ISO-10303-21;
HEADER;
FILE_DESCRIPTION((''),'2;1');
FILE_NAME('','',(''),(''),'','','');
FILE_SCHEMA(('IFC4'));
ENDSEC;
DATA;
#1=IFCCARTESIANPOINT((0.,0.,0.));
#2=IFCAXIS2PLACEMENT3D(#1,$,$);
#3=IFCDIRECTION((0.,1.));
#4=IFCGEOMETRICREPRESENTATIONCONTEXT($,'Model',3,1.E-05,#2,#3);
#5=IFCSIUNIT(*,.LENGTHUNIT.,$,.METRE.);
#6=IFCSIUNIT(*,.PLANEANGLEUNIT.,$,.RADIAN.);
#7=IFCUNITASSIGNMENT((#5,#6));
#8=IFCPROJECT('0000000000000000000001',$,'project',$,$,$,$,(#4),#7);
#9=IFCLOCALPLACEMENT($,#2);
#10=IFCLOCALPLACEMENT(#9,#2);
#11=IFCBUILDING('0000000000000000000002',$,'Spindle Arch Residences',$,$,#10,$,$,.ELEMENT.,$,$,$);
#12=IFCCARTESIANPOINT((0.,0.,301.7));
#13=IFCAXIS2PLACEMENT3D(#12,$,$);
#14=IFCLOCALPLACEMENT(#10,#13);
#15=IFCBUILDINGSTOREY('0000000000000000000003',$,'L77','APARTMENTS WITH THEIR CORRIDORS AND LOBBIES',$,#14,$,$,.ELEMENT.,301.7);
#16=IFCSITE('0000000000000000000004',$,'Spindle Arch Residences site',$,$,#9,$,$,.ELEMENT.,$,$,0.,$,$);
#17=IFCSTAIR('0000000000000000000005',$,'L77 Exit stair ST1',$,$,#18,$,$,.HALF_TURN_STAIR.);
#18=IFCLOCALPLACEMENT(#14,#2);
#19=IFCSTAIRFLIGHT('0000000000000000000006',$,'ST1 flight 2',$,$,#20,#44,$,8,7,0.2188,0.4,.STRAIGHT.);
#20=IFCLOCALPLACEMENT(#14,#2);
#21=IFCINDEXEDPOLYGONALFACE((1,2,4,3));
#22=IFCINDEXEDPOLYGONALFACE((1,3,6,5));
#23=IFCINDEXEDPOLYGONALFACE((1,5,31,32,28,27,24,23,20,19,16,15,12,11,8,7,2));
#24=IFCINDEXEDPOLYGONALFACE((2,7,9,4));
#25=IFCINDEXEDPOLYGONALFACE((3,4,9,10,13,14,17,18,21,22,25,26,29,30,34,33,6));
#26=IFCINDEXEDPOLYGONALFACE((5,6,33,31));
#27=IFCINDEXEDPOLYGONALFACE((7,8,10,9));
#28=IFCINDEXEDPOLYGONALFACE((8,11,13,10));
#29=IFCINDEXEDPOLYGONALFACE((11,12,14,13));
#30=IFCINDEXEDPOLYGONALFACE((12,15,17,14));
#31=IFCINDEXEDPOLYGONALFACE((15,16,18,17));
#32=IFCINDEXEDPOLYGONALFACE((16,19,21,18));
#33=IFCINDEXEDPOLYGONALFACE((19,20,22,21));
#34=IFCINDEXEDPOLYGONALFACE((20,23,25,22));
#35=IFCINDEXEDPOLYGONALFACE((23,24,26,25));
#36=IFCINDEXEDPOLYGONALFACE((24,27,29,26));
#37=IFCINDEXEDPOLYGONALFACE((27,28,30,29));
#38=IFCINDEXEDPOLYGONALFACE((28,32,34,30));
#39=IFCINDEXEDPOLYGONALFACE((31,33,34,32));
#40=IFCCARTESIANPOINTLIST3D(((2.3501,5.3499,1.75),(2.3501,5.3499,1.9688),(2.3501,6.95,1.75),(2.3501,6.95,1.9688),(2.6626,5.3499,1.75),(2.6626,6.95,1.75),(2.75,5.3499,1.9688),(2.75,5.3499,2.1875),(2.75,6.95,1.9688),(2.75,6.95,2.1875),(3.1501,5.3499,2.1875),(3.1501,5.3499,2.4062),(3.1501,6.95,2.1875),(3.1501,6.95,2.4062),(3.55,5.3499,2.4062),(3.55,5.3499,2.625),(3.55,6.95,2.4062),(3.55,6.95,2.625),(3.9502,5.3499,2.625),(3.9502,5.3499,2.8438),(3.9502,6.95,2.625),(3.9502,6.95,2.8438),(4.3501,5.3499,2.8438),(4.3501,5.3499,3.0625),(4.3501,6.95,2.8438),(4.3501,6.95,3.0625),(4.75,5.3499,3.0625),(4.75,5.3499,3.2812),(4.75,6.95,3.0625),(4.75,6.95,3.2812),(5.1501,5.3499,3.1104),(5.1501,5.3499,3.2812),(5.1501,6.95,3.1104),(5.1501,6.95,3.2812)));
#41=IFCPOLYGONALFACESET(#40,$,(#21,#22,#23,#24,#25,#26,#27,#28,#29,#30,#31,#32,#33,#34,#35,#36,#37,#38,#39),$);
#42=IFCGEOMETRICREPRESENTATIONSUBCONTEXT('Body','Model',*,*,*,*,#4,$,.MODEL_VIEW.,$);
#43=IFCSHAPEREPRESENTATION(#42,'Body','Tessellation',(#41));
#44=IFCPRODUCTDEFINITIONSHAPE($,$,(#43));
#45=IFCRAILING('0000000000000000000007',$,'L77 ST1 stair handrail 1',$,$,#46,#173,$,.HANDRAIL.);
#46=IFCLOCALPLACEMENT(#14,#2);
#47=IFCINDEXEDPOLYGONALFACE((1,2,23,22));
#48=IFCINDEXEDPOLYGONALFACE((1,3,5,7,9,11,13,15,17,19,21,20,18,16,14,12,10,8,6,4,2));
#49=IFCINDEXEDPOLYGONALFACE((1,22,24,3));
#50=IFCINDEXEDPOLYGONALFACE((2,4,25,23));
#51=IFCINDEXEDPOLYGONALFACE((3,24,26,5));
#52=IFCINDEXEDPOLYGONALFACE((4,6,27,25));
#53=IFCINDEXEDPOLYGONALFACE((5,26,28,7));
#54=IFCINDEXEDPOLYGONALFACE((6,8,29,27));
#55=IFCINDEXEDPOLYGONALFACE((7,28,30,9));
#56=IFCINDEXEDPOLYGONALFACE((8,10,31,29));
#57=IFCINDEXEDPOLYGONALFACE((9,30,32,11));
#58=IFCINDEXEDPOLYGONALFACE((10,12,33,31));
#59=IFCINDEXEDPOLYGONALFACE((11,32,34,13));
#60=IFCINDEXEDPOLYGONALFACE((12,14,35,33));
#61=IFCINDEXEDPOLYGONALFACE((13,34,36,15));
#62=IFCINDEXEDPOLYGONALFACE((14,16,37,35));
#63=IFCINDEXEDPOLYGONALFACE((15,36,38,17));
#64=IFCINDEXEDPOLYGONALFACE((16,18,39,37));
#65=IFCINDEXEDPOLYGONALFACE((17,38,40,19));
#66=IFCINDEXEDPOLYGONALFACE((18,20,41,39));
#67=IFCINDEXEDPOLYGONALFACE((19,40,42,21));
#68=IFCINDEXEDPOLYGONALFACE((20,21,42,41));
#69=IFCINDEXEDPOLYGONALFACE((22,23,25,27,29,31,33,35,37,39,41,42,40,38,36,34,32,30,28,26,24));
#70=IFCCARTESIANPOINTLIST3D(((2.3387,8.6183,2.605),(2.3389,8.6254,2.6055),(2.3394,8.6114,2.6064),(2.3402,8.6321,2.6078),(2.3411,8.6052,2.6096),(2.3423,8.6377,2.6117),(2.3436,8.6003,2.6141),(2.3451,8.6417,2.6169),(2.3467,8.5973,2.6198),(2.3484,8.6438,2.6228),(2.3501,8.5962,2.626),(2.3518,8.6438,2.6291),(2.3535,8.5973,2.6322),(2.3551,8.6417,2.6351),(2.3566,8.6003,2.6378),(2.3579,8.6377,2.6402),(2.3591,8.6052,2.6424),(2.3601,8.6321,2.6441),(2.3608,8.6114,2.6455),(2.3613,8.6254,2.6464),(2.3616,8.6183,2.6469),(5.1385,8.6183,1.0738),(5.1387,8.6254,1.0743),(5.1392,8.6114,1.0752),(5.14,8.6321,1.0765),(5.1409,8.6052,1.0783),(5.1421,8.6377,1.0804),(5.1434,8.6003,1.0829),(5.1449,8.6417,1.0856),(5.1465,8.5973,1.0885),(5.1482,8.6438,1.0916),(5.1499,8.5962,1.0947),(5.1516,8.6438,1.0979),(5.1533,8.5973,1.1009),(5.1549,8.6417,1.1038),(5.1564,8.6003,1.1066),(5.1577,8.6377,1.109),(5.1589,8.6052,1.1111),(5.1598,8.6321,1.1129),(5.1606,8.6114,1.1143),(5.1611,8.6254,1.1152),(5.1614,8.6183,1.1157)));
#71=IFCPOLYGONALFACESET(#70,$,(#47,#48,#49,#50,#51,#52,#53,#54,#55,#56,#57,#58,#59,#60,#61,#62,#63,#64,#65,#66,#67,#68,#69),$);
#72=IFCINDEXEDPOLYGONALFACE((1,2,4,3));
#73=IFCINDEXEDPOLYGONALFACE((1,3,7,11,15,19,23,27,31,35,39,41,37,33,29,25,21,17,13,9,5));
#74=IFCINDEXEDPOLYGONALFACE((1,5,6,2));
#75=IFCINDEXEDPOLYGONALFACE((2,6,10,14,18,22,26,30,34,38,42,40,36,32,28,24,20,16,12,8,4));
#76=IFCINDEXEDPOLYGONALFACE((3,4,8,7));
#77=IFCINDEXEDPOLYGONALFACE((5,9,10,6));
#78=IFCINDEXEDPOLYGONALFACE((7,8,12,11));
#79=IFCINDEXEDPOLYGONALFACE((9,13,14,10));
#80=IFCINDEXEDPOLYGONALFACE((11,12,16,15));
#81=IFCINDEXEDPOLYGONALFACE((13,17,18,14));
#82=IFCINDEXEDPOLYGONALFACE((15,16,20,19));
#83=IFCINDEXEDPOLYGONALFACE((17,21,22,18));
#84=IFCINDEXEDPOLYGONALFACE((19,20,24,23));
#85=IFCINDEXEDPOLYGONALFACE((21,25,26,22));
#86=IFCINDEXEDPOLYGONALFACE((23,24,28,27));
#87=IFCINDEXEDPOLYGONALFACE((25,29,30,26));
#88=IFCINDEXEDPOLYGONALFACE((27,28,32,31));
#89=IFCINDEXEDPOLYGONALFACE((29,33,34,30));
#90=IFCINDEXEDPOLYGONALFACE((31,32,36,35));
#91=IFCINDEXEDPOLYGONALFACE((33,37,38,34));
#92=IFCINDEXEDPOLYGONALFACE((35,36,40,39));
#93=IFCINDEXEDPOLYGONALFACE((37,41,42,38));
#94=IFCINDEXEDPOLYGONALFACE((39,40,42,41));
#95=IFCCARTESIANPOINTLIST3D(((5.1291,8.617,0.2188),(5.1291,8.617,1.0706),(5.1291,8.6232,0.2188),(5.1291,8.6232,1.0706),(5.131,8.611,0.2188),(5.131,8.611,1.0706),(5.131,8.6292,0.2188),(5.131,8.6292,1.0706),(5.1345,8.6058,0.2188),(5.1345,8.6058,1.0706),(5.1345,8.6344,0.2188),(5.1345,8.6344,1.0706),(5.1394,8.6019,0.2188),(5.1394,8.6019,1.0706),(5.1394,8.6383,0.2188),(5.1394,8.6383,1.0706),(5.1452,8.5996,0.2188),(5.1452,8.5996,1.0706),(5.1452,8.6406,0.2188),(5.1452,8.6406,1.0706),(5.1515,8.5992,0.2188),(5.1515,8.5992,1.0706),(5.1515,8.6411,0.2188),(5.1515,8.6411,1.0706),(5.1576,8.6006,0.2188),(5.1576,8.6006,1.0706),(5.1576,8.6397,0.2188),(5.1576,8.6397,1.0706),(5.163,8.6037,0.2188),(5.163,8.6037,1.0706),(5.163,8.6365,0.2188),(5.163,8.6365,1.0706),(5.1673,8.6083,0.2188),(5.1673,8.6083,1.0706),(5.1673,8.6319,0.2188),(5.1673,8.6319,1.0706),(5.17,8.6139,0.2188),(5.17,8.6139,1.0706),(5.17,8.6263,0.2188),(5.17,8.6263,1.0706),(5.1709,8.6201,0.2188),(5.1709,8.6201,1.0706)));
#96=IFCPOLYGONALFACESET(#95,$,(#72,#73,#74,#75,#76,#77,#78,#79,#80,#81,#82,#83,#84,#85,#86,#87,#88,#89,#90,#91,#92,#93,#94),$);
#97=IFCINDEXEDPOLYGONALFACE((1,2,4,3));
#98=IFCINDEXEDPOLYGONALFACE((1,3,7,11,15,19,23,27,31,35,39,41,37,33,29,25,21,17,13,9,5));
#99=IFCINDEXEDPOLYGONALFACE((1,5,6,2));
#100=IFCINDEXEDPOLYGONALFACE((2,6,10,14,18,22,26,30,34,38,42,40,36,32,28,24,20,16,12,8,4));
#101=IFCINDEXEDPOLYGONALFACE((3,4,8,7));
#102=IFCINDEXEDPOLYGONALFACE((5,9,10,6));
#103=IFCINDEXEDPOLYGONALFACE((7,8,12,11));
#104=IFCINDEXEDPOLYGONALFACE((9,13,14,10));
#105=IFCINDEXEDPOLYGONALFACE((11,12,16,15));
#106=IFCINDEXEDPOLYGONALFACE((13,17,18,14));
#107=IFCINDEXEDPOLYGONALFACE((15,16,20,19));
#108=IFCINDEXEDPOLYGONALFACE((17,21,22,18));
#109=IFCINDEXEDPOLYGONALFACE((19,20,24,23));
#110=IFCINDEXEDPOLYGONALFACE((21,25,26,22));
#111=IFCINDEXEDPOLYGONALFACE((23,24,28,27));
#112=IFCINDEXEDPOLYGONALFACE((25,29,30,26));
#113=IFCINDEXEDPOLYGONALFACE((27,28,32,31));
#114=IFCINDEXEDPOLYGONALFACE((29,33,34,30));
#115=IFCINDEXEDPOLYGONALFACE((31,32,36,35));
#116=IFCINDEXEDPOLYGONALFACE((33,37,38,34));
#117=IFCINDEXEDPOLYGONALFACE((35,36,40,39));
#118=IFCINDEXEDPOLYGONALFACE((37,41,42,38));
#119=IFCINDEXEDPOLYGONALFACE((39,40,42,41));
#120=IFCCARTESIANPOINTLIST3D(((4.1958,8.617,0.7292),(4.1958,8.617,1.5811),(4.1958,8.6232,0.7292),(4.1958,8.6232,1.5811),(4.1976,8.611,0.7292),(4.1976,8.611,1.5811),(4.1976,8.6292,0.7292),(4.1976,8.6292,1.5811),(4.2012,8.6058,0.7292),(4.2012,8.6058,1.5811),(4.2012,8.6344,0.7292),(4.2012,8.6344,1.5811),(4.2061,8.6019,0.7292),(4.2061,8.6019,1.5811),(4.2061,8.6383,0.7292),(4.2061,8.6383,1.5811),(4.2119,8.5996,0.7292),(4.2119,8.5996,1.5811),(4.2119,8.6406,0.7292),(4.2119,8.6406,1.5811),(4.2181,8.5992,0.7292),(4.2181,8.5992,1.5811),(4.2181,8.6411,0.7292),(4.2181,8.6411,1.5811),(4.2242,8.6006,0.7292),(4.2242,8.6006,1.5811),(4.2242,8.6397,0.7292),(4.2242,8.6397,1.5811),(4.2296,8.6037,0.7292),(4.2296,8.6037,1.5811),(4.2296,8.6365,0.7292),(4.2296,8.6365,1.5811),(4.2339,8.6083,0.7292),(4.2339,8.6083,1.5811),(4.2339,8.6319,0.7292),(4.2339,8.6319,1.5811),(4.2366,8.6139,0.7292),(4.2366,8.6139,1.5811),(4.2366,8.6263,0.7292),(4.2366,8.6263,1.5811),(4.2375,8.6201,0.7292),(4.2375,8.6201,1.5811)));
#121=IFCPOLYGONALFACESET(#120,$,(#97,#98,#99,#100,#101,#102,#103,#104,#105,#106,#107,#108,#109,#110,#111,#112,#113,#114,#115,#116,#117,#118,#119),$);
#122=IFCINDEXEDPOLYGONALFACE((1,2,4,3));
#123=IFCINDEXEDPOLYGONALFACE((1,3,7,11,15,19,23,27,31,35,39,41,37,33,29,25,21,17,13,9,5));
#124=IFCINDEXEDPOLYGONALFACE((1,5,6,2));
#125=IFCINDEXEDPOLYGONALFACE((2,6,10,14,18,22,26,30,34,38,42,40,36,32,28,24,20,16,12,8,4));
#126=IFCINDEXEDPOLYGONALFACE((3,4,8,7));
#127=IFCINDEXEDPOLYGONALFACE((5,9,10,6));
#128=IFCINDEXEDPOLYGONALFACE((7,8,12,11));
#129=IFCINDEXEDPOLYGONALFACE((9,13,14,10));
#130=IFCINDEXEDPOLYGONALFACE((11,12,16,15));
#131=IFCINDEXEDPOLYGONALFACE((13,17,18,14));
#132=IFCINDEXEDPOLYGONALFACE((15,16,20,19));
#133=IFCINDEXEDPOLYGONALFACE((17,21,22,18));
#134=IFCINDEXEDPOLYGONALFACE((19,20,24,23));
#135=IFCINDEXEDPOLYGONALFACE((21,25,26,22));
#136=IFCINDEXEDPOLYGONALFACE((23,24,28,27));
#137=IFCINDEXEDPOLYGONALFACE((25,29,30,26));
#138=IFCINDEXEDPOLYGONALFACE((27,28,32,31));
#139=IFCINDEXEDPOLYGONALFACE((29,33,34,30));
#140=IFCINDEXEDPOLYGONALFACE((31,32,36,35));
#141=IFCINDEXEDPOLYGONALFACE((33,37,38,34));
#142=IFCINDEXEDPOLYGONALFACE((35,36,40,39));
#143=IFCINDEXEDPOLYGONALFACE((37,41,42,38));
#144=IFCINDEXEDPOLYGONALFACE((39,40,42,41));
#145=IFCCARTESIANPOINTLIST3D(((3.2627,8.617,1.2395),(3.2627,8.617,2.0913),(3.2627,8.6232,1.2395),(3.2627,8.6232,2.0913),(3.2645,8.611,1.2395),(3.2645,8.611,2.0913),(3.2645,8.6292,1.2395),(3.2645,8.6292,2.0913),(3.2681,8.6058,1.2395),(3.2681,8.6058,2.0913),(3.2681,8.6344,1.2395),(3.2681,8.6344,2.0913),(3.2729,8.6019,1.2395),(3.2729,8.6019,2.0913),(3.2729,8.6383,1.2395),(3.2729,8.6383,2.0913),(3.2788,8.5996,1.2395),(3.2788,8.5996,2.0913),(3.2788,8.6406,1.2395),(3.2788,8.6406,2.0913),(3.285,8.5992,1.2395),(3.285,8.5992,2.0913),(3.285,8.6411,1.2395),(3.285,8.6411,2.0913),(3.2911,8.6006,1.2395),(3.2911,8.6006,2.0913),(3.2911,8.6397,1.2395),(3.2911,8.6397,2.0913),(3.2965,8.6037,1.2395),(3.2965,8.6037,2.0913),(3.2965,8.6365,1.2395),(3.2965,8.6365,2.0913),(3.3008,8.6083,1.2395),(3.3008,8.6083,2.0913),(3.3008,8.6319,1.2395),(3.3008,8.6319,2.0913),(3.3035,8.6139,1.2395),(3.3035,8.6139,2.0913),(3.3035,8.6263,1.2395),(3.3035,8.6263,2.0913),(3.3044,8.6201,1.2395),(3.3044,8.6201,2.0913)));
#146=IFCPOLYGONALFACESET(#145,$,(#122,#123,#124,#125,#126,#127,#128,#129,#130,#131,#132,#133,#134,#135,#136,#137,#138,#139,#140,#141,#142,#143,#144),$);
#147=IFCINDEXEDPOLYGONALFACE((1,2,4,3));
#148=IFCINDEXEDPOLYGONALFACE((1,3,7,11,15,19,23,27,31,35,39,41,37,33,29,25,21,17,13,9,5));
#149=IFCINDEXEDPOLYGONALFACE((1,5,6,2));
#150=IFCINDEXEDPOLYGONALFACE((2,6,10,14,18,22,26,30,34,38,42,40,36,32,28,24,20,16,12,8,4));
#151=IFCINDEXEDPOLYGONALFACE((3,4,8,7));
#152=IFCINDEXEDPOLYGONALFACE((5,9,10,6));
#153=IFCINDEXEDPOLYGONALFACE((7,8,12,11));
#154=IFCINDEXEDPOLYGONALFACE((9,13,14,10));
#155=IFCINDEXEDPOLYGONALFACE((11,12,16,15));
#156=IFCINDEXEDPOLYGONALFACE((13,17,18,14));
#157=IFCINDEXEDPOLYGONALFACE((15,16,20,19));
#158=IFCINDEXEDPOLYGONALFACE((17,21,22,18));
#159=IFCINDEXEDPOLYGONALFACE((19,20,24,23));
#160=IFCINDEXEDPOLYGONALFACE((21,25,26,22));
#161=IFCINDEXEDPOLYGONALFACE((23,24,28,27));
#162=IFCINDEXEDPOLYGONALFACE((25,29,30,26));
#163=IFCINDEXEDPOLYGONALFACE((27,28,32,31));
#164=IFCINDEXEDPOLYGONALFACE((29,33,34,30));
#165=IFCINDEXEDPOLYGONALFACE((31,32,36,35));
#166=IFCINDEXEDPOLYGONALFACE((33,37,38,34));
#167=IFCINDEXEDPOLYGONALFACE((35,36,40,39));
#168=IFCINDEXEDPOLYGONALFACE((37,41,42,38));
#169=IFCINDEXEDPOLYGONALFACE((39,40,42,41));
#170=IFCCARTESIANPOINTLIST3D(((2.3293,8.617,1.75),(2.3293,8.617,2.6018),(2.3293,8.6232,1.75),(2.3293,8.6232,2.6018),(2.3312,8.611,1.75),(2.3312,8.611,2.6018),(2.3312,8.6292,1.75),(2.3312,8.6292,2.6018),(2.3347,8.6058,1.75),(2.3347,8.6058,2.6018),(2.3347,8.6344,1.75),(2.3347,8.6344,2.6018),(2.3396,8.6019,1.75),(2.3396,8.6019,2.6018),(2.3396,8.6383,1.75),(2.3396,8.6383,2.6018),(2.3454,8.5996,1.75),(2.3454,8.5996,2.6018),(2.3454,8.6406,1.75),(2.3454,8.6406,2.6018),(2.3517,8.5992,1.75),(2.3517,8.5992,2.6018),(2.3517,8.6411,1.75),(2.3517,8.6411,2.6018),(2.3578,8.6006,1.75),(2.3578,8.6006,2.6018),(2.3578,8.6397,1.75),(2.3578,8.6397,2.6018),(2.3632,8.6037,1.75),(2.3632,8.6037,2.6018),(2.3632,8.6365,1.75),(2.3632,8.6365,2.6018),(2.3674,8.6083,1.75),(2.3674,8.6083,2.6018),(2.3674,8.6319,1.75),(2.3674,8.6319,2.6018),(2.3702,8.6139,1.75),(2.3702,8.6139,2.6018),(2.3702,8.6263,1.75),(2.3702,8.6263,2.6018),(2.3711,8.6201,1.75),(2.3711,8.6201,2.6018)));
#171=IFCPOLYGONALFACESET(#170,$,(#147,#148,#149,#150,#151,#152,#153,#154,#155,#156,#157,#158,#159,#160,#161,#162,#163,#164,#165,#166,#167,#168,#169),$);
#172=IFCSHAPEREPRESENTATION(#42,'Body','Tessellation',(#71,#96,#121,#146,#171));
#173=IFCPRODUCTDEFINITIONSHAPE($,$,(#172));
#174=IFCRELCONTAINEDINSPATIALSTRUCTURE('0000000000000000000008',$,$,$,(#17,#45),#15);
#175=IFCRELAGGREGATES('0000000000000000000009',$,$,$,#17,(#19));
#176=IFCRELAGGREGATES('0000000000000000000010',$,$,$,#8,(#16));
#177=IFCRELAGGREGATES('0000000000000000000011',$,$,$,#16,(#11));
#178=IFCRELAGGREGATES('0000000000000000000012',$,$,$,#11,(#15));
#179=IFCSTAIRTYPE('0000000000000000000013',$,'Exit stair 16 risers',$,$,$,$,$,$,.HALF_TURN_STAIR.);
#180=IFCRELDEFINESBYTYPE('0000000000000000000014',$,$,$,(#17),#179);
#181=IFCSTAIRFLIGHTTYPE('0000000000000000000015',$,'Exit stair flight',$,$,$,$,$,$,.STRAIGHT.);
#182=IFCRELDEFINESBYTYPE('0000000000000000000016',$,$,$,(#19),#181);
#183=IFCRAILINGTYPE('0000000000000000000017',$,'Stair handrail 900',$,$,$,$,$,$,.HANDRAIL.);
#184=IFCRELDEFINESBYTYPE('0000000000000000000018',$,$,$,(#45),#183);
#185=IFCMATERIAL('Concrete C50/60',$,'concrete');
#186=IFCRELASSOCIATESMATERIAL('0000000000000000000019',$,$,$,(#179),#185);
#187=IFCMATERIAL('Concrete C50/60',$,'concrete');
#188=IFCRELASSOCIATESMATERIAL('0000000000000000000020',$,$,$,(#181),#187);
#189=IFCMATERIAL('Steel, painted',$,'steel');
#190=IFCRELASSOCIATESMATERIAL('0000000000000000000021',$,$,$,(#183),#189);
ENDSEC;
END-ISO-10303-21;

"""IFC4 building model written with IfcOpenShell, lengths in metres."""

from ifc_helpers import new_model, si_unit, direction, frame, origin, origin_2d, place, context, subcontext, project, spatial, polyline, circle, outline, extrude, material, type_object, element, aggregate, save


model = new_model("IFC4")

# Units and contexts
model_context = context("Model", 3, precision=1e-05, world=origin(), true_north=direction((0.0, 1.0)))
body_context = subcontext(model_context, "Body", "Model", "MODEL_VIEW")
ifc_project = project(units=[si_unit("LENGTHUNIT", "METRE"), si_unit("PLANEANGLEUNIT", "RADIAN")], contexts=[model_context])

# Site, building, storey
site_placement = place(None, origin())
site = spatial("IfcSite", under=ifc_project, at=site_placement, Name="Spindle Arch Residences site", CompositionType="ELEMENT", RefElevation=0.0)
building_placement = place(site_placement, origin())
building = spatial("IfcBuilding", under=site, at=building_placement, Name="Spindle Arch Residences", CompositionType="ELEMENT")
storey_placement = place(building_placement, frame((0.0, 0.0, 301.7)))
storey = spatial("IfcBuildingStorey", under=building, at=storey_placement, Name="L77", Description="APARTMENTS WITH THEIR CORRIDORS AND LOBBIES", CompositionType="ELEMENT", Elevation=301.7)

# Stair, stair flight
ifc_material_1 = material(Name="Concrete C50/60", Category="concrete")
stair_type = type_object("IfcStairType", Name="Exit stair 16 risers", PredefinedType="HALF_TURN_STAIR", material=ifc_material_1)
stair_placement = place(storey_placement, origin())
stair = element("IfcStair", 1, at=stair_placement, inside=storey, type_object=stair_type, Name="L77 Exit stair ST1", PredefinedType="HALF_TURN_STAIR")
ifc_material_2 = material(Name="Concrete C50/60", Category="concrete")
stair_flight_type = type_object("IfcStairFlightType", Name="Exit stair flight", PredefinedType="STRAIGHT", material=ifc_material_2)
stair_flight_1_placement = place(storey_placement, frame((2.3501, 6.1499, 1.75), z_axis=(0.0, 0.0, 1.0), x_axis=(1.0, 0.0, 0.0)))
stair_flight_1 = element("IfcStairFlight", 2, at=stair_flight_1_placement, type_object=stair_flight_type, Name="ST1 flight 2", NumberOfRisers=8, NumberOfTreads=7, PredefinedType="STRAIGHT", RiserHeight=0.2188, TreadLength=0.4, context=body_context, shape_type="SweptSolid", body=[
    extrude(outline(polyline([(0.0, 0.0), (0.0, 0.2188), (0.3999, 0.2188), (0.3999, 0.4375), (0.8, 0.4375), (0.8, 0.6562), (1.2, 0.6562), (1.2, 0.875), (1.6001, 0.875), (1.6001, 1.0938), (2.0, 1.0938), (2.0, 1.3125), (2.3999, 1.3125), (2.3999, 1.5312), (2.8, 1.5312), (2.8, 1.75), (2.8, 1.3604), (0.3125, 0.0), (0.0, 0.0)])), frame((0.0, 0.8, 0.0), z_axis=(0.0, -1.0, 0.0), x_axis=(1.0, 0.0, 0.0)), (0.0, 0.0, 1.0), 1.6001),
])
aggregate(stair, [stair_flight_1])

# Railing
ifc_material_3 = material(Name="Steel, painted", Category="steel")
railing_type_1 = type_object("IfcRailingType", Name="Stair handrail 900", PredefinedType="HANDRAIL", material=ifc_material_3)
railing_1_placement = place(storey_placement, frame((5.1499, 8.6201, 0.2188)))
element("IfcRailing", 3, at=railing_1_placement, inside=storey, type_object=railing_type_1, Name="L77 ST1 stair handrail 1", PredefinedType="HANDRAIL", context=body_context, shape_type="SweptSolid", body=[
    extrude(circle(Radius=0.0239, at=origin_2d()), frame((0.0, 0.0, 0.876), z_axis=(-0.877357, 0.0, 0.479838), x_axis=(0.0, -1.0, 0.0)), (0.0, 0.0, 1.0), 3.1912),
    extrude(circle(Radius=0.021, at=origin_2d()), origin(), (0.0, 0.0, 1.0), 0.8518),
    extrude(circle(Radius=0.021, at=origin_2d()), frame((-0.9333, 0.0, 0.5105)), (0.0, 0.0, 1.0), 0.8518),
    extrude(circle(Radius=0.021, at=origin_2d()), frame((-1.8665, 0.0, 1.0208)), (0.0, 0.0, 1.0), 0.8518),
    extrude(circle(Radius=0.021, at=origin_2d()), frame((-2.7998, 0.0, 1.5312)), (0.0, 0.0, 1.0), 0.8518),
])

save(model, "model.ifc")
